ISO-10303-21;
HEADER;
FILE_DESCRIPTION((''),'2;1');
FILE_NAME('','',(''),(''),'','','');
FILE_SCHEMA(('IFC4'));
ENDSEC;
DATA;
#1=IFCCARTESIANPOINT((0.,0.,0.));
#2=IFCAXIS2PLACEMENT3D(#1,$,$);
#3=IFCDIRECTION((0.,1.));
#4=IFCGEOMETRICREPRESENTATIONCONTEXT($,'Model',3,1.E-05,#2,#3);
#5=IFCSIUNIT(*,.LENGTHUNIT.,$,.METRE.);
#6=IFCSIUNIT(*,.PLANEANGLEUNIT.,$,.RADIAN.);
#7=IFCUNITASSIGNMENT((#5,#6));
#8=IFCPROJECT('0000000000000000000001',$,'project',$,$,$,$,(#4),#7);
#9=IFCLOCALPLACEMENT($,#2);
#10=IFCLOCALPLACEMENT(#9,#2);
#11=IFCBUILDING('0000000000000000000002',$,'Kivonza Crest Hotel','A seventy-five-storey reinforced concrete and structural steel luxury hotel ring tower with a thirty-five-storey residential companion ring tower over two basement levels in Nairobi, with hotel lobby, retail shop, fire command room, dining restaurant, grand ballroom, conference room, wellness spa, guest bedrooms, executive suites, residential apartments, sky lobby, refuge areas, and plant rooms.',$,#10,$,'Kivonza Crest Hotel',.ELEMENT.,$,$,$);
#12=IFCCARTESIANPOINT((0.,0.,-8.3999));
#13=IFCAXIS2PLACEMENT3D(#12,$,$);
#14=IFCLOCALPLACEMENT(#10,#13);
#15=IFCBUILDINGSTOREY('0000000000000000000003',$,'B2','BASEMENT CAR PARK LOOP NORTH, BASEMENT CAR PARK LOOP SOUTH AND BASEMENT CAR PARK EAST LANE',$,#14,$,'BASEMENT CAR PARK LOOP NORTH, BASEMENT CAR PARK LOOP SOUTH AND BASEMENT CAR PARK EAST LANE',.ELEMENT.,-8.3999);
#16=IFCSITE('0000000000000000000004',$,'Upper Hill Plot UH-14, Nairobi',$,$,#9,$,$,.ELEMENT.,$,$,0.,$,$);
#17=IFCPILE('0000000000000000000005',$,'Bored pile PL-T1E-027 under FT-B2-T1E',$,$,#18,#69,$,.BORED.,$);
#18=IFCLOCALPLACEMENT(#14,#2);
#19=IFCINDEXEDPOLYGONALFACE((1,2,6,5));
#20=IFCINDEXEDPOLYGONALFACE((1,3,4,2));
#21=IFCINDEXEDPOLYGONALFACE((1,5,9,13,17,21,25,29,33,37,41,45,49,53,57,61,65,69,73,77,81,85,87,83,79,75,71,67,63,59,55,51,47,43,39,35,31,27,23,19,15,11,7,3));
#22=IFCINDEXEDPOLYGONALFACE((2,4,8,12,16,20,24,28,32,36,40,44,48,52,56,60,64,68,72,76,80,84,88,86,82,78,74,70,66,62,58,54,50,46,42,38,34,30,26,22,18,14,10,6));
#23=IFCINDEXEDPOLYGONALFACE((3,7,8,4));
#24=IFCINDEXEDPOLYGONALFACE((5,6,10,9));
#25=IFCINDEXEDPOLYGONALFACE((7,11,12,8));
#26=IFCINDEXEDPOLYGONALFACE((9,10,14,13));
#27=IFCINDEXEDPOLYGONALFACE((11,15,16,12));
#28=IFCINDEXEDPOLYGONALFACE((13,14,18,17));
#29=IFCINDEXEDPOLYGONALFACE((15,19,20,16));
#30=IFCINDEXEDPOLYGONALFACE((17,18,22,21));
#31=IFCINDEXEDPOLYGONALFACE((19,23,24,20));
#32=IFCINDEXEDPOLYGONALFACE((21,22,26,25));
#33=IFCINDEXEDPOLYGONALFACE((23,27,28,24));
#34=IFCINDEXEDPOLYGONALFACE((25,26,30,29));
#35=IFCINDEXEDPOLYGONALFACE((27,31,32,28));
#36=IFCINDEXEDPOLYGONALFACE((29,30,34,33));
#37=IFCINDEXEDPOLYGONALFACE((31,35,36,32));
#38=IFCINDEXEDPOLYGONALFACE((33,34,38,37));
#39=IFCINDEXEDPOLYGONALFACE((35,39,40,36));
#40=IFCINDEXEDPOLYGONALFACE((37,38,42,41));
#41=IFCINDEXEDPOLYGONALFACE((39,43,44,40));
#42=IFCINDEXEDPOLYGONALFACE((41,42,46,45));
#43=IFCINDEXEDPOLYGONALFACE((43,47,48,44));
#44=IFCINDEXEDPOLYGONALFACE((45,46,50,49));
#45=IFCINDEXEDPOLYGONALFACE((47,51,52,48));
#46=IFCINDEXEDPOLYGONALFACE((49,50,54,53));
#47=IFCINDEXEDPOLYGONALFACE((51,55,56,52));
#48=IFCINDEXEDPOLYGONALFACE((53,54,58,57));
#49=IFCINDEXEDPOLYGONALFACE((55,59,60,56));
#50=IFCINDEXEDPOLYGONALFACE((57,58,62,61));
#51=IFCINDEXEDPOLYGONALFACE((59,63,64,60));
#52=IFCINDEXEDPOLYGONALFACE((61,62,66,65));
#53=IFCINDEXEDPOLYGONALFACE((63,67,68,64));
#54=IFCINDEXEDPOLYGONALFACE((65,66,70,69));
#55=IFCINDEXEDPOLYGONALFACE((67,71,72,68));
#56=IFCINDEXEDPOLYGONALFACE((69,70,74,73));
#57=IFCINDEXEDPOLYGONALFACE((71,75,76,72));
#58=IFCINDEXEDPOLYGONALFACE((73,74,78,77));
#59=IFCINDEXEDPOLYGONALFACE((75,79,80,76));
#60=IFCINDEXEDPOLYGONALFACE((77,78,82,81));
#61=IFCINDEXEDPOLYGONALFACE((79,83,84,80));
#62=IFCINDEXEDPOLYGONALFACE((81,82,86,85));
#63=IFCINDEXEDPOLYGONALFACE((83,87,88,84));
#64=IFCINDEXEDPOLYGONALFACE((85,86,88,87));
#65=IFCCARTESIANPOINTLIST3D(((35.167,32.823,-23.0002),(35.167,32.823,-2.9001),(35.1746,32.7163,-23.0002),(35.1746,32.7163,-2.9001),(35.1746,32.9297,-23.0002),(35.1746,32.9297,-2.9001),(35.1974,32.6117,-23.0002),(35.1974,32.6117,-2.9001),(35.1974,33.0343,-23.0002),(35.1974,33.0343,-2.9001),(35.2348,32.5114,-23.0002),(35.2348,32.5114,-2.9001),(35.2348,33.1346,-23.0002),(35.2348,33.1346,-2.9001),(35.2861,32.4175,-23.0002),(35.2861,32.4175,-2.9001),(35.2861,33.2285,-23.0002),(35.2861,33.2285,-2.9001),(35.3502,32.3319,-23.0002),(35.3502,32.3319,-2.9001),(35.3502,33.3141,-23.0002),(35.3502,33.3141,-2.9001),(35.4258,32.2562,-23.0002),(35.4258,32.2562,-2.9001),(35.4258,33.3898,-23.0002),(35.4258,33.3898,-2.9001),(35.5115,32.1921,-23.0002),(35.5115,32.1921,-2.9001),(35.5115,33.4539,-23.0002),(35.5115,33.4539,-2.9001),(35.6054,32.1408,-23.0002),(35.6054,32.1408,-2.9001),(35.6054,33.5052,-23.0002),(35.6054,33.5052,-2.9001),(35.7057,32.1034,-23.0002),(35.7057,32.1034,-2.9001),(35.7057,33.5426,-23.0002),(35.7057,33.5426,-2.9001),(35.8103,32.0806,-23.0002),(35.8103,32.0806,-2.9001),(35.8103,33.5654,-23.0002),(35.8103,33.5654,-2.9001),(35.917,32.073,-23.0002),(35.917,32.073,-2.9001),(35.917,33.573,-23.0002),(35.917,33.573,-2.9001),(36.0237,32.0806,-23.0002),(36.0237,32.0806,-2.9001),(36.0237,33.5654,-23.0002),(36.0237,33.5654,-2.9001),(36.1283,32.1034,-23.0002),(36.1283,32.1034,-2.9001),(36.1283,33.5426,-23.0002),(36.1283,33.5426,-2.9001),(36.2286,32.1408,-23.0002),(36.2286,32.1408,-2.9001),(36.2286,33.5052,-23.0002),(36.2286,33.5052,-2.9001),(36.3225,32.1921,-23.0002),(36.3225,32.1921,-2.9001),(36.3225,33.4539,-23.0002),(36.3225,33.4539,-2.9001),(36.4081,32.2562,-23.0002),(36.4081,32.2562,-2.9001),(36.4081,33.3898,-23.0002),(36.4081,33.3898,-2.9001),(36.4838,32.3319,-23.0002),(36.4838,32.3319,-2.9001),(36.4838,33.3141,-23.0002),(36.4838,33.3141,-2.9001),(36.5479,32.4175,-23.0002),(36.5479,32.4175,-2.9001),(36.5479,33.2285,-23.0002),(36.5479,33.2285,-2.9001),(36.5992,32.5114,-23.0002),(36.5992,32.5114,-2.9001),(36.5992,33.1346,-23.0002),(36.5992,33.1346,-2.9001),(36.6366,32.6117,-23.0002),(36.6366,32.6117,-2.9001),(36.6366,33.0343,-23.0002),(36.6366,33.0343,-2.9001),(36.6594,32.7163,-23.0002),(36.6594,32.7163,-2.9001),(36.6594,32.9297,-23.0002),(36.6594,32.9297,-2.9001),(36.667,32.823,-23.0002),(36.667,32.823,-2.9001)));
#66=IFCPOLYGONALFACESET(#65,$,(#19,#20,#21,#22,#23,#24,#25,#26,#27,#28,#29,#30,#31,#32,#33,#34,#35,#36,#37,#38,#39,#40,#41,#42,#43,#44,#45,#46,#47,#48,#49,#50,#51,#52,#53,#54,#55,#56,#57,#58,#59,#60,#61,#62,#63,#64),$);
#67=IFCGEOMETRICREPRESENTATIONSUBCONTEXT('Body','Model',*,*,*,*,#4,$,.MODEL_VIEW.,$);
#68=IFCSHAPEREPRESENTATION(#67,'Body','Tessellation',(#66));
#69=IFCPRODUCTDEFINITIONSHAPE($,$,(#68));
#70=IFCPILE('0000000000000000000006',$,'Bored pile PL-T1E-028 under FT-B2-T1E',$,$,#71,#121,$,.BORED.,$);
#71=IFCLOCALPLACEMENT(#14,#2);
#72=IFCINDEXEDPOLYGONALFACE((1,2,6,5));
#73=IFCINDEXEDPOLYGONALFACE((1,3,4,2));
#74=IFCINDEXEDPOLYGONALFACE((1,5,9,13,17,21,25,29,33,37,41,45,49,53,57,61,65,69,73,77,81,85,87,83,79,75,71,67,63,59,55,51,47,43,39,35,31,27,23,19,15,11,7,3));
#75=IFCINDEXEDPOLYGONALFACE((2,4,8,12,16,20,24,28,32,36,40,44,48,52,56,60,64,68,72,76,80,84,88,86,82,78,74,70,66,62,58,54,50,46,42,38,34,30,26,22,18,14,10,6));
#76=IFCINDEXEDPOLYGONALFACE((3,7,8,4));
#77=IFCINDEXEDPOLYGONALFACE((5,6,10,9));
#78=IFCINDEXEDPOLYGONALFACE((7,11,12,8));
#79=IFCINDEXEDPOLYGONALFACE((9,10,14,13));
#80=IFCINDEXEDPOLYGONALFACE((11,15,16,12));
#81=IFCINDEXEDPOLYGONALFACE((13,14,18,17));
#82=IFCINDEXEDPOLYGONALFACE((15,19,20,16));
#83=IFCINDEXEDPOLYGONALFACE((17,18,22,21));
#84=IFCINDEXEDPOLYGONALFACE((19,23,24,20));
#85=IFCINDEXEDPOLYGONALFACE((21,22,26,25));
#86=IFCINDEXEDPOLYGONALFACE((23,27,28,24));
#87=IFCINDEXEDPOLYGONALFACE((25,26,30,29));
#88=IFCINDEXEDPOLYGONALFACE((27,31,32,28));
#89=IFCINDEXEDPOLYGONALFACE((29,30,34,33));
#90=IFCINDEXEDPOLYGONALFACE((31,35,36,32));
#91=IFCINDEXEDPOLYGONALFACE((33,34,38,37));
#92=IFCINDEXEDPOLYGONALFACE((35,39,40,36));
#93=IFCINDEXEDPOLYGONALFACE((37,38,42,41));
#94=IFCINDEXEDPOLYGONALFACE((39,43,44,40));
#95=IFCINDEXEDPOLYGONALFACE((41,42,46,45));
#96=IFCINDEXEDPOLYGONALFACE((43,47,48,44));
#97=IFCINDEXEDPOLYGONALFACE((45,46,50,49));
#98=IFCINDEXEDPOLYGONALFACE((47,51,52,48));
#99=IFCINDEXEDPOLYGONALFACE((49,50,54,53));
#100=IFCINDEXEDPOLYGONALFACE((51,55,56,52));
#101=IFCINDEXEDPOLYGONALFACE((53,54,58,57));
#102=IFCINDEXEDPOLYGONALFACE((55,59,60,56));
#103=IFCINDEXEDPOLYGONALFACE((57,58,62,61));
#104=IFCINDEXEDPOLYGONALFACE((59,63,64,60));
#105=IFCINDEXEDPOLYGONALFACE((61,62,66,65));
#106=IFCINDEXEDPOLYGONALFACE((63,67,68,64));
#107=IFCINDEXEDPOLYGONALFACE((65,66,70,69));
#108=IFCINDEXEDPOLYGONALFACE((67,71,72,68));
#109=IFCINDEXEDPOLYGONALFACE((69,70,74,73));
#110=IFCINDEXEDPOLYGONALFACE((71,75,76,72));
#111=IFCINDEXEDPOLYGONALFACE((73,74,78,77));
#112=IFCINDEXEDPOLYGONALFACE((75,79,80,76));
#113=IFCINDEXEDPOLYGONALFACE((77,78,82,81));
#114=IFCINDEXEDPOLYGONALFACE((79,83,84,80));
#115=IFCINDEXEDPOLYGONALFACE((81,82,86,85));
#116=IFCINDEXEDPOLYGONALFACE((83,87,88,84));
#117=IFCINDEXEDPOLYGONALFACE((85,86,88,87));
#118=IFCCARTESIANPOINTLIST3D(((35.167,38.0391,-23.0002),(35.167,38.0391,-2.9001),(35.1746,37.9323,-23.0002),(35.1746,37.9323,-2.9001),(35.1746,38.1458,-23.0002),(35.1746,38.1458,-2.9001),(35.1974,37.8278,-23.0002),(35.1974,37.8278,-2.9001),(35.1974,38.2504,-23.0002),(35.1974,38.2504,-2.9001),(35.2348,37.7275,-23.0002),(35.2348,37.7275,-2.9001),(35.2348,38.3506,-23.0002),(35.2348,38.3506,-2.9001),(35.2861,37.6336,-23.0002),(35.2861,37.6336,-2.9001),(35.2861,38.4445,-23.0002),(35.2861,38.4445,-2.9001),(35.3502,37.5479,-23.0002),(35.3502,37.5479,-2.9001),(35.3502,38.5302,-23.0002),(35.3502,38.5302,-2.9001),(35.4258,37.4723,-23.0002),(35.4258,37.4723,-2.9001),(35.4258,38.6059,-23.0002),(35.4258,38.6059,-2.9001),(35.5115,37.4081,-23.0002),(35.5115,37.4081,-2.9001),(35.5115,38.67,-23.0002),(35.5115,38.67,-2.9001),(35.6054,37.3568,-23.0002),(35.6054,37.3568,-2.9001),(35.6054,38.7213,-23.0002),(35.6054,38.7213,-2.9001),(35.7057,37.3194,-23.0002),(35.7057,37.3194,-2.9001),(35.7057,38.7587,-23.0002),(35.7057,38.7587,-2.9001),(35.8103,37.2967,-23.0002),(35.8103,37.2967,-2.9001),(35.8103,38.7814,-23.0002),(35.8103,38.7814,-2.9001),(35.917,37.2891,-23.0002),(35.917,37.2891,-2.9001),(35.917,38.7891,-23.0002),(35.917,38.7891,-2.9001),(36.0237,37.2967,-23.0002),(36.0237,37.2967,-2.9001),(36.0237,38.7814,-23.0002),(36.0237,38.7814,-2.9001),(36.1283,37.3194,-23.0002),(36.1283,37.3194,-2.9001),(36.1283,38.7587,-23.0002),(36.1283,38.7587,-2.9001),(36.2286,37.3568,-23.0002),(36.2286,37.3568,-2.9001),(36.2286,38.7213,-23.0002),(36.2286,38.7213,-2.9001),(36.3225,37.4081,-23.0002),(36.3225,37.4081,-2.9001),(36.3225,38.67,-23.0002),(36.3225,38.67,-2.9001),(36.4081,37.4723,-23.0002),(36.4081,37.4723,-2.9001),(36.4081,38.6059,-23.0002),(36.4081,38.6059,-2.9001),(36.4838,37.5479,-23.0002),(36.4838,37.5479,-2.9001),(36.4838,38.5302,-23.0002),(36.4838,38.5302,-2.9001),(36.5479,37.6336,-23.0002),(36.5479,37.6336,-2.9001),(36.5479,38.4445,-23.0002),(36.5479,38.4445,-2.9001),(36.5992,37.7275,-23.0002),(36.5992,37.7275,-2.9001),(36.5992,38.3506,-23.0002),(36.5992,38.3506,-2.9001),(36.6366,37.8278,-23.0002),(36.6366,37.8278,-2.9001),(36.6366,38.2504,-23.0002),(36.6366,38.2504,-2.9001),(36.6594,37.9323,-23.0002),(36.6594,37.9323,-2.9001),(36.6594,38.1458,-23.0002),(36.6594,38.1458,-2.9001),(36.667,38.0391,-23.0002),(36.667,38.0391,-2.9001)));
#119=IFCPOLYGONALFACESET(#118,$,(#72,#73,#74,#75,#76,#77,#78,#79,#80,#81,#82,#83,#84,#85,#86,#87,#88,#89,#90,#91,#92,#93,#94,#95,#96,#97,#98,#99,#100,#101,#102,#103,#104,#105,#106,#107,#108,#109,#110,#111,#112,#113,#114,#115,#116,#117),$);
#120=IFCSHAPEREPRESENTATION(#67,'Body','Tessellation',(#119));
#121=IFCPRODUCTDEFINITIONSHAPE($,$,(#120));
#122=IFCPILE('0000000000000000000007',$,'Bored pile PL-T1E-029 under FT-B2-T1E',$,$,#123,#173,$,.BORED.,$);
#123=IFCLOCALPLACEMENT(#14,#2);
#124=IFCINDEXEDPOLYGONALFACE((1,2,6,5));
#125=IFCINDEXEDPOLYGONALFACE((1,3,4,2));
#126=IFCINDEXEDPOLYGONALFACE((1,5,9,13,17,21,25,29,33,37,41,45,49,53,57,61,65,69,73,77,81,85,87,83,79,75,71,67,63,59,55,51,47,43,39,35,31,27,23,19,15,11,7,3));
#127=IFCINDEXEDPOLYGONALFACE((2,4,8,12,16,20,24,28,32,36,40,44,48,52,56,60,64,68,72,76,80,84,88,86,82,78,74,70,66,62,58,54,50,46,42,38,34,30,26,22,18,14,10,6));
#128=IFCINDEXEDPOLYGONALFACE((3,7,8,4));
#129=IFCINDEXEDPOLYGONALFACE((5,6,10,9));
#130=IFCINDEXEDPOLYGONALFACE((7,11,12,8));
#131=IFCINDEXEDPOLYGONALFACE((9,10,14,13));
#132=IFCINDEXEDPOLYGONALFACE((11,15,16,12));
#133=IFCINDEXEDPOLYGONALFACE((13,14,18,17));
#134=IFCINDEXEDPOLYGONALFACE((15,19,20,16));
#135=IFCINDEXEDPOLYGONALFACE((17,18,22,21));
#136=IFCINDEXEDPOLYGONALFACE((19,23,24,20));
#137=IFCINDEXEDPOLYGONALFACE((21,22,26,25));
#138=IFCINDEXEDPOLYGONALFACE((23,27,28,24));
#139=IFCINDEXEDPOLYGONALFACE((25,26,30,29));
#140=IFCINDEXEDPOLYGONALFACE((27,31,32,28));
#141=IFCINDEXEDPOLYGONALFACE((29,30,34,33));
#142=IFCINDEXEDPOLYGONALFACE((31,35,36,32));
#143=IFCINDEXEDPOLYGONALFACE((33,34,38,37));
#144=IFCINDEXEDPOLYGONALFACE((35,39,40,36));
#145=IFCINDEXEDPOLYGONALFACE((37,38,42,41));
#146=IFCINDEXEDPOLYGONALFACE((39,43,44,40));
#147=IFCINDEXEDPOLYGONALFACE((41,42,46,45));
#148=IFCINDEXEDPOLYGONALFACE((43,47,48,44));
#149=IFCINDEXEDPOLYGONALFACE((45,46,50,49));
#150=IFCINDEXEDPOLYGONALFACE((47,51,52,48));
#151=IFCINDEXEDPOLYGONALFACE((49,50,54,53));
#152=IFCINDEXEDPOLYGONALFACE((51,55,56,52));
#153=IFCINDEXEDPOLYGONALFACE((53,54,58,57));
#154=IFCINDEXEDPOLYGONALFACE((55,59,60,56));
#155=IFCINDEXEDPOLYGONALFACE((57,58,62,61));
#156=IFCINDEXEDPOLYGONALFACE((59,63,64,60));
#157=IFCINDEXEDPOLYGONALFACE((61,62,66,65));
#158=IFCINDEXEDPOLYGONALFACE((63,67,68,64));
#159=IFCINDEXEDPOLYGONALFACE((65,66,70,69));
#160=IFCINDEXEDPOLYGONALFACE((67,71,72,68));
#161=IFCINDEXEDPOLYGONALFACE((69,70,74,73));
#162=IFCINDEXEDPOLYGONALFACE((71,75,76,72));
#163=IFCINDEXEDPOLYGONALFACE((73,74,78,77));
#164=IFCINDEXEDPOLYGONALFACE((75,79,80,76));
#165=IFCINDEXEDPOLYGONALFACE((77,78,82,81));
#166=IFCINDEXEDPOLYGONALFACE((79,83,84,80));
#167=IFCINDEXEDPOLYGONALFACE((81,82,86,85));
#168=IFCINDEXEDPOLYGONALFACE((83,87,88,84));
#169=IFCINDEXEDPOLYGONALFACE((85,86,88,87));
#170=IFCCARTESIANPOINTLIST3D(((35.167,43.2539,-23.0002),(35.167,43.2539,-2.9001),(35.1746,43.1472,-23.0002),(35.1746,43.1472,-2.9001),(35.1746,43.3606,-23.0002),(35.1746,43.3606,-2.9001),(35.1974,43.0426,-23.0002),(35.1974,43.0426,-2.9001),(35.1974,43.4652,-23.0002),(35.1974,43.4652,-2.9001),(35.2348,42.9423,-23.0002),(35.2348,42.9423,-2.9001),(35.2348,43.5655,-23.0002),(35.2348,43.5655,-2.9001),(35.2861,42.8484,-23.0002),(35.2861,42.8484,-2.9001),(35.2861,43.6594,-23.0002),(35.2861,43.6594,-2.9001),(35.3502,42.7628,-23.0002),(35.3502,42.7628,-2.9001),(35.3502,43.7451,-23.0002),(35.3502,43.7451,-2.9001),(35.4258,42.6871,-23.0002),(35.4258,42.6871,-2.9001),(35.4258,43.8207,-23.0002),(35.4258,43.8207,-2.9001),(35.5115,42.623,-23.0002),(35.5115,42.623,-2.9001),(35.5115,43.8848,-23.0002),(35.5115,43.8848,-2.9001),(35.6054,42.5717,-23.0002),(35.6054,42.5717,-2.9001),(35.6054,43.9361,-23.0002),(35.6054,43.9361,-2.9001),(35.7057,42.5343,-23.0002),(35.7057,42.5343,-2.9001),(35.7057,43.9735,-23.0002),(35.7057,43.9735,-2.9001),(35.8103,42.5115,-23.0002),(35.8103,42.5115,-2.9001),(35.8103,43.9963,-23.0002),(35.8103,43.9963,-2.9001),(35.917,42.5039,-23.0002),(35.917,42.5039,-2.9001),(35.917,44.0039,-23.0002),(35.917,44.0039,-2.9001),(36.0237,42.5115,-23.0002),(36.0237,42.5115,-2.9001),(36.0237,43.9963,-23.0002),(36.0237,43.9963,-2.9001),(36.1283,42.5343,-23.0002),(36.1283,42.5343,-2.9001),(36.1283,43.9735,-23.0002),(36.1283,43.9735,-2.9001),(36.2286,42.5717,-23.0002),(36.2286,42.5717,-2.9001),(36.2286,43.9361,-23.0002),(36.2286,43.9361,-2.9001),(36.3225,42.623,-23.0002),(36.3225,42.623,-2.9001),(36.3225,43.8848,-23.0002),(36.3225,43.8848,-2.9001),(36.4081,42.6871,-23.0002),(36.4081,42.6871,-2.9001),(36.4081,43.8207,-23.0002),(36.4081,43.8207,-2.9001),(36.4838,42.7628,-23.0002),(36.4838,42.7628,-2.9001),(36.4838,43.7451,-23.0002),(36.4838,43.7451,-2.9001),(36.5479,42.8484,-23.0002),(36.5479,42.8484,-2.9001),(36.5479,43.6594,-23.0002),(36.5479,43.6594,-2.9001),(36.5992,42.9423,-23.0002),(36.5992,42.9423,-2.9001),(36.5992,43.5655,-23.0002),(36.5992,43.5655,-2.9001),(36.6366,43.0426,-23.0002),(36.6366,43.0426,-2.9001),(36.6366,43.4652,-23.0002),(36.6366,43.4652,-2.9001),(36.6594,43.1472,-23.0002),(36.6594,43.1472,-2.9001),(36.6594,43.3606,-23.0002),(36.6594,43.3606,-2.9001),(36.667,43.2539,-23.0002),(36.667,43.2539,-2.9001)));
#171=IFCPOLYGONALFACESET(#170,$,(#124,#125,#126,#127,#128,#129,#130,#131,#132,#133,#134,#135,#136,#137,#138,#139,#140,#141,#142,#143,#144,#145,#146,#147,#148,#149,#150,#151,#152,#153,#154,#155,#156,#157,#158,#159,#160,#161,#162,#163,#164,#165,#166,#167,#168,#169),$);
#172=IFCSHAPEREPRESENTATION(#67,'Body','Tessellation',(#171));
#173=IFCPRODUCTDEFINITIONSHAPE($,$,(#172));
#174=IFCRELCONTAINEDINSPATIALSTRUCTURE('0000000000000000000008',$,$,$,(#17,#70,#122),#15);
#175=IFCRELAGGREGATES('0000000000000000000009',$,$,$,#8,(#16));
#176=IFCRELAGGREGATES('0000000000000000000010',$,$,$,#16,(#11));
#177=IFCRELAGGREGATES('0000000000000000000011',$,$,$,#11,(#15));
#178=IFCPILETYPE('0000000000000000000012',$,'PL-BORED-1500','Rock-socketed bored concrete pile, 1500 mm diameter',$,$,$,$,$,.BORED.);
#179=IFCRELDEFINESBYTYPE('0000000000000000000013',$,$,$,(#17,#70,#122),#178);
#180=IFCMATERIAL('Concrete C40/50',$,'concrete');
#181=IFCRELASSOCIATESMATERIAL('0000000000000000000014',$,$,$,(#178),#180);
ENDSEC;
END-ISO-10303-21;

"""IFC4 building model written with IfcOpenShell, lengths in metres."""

from ifc_helpers import new_model, si_unit, direction, frame, origin, origin_2d, place, context, subcontext, project, spatial, circle, extrude, material, material_profile, profile_set, type_object, element, save


model = new_model("IFC4")

# Units and contexts
model_context = context("Model", 3, precision=1e-05, world=origin(), true_north=direction((0.0, 1.0)))
body_context = subcontext(model_context, "Body", "Model", "MODEL_VIEW")
ifc_project = project(units=[si_unit("LENGTHUNIT", "METRE"), si_unit("PLANEANGLEUNIT", "RADIAN")], contexts=[model_context])

# Site, building, storey
site_placement = place(None, origin())
site = spatial("IfcSite", under=ifc_project, at=site_placement, Name="Upper Hill Plot UH-14, Nairobi", CompositionType="ELEMENT", RefElevation=0.0)
building_placement = place(site_placement, origin())
building = spatial("IfcBuilding", under=site, at=building_placement, Name="Kivonza Crest Hotel", Description="A seventy-five-storey reinforced concrete and structural steel luxury hotel ring tower with a thirty-five-storey residential companion ring tower over two basement levels in Nairobi, with hotel lobby, retail shop, fire command room, dining restaurant, grand ballroom, conference room, wellness spa, guest bedrooms, executive suites, residential apartments, sky lobby, refuge areas, and plant rooms.", LongName="Kivonza Crest Hotel", CompositionType="ELEMENT")
storey_placement = place(building_placement, frame((0.0, 0.0, -8.3999)))
storey = spatial("IfcBuildingStorey", under=building, at=storey_placement, Name="B2", Description="BASEMENT CAR PARK LOOP NORTH, BASEMENT CAR PARK LOOP SOUTH AND BASEMENT CAR PARK EAST LANE", LongName="BASEMENT CAR PARK LOOP NORTH, BASEMENT CAR PARK LOOP SOUTH AND BASEMENT CAR PARK EAST LANE", CompositionType="ELEMENT", Elevation=-8.3999)

# Piles
ifc_material_1 = material(Name="Concrete C40/50", Category="concrete")
ifc_material_profile_1 = material_profile(ifc_material_1, circle(Radius=0.75, at=origin_2d()), Name="PILE D1500")
ifc_profile_set_1 = profile_set([ifc_material_profile_1], Name="Concrete C40/50")
pile_type = type_object("IfcPileType", Name="PL-BORED-1500", Description="Rock-socketed bored concrete pile, 1500 mm diameter", PredefinedType="BORED", material=ifc_profile_set_1)
for number, where, z_axis, x_axis, name in (
    (1, (35.917, 32.823, -2.9001), (0.0, 0.0, -1.0), (1.0, 0.0, 0.0), "Bored pile PL-T1E-027 under FT-B2-T1E"),
    (2, (35.917, 38.0391, -2.9001), (0.0, 0.0, -1.0), (1.0, 0.0, 0.0), "Bored pile PL-T1E-028 under FT-B2-T1E"),
    (3, (35.917, 43.2539, -2.9001), (0.0, 0.0, -1.0), (1.0, 0.0, 0.0), "Bored pile PL-T1E-029 under FT-B2-T1E"),
):
    element("IfcPile", number, at=place(storey_placement, frame(where, z_axis=z_axis, x_axis=x_axis)), inside=storey, type_object=pile_type, Name=name, PredefinedType="BORED", context=body_context, shape_type="SweptSolid", body=[
        extrude(circle(Radius=0.75, at=origin_2d()), origin(), (0.0, 0.0, 1.0), 20.1001),
    ])

save(model, "model.ifc")
